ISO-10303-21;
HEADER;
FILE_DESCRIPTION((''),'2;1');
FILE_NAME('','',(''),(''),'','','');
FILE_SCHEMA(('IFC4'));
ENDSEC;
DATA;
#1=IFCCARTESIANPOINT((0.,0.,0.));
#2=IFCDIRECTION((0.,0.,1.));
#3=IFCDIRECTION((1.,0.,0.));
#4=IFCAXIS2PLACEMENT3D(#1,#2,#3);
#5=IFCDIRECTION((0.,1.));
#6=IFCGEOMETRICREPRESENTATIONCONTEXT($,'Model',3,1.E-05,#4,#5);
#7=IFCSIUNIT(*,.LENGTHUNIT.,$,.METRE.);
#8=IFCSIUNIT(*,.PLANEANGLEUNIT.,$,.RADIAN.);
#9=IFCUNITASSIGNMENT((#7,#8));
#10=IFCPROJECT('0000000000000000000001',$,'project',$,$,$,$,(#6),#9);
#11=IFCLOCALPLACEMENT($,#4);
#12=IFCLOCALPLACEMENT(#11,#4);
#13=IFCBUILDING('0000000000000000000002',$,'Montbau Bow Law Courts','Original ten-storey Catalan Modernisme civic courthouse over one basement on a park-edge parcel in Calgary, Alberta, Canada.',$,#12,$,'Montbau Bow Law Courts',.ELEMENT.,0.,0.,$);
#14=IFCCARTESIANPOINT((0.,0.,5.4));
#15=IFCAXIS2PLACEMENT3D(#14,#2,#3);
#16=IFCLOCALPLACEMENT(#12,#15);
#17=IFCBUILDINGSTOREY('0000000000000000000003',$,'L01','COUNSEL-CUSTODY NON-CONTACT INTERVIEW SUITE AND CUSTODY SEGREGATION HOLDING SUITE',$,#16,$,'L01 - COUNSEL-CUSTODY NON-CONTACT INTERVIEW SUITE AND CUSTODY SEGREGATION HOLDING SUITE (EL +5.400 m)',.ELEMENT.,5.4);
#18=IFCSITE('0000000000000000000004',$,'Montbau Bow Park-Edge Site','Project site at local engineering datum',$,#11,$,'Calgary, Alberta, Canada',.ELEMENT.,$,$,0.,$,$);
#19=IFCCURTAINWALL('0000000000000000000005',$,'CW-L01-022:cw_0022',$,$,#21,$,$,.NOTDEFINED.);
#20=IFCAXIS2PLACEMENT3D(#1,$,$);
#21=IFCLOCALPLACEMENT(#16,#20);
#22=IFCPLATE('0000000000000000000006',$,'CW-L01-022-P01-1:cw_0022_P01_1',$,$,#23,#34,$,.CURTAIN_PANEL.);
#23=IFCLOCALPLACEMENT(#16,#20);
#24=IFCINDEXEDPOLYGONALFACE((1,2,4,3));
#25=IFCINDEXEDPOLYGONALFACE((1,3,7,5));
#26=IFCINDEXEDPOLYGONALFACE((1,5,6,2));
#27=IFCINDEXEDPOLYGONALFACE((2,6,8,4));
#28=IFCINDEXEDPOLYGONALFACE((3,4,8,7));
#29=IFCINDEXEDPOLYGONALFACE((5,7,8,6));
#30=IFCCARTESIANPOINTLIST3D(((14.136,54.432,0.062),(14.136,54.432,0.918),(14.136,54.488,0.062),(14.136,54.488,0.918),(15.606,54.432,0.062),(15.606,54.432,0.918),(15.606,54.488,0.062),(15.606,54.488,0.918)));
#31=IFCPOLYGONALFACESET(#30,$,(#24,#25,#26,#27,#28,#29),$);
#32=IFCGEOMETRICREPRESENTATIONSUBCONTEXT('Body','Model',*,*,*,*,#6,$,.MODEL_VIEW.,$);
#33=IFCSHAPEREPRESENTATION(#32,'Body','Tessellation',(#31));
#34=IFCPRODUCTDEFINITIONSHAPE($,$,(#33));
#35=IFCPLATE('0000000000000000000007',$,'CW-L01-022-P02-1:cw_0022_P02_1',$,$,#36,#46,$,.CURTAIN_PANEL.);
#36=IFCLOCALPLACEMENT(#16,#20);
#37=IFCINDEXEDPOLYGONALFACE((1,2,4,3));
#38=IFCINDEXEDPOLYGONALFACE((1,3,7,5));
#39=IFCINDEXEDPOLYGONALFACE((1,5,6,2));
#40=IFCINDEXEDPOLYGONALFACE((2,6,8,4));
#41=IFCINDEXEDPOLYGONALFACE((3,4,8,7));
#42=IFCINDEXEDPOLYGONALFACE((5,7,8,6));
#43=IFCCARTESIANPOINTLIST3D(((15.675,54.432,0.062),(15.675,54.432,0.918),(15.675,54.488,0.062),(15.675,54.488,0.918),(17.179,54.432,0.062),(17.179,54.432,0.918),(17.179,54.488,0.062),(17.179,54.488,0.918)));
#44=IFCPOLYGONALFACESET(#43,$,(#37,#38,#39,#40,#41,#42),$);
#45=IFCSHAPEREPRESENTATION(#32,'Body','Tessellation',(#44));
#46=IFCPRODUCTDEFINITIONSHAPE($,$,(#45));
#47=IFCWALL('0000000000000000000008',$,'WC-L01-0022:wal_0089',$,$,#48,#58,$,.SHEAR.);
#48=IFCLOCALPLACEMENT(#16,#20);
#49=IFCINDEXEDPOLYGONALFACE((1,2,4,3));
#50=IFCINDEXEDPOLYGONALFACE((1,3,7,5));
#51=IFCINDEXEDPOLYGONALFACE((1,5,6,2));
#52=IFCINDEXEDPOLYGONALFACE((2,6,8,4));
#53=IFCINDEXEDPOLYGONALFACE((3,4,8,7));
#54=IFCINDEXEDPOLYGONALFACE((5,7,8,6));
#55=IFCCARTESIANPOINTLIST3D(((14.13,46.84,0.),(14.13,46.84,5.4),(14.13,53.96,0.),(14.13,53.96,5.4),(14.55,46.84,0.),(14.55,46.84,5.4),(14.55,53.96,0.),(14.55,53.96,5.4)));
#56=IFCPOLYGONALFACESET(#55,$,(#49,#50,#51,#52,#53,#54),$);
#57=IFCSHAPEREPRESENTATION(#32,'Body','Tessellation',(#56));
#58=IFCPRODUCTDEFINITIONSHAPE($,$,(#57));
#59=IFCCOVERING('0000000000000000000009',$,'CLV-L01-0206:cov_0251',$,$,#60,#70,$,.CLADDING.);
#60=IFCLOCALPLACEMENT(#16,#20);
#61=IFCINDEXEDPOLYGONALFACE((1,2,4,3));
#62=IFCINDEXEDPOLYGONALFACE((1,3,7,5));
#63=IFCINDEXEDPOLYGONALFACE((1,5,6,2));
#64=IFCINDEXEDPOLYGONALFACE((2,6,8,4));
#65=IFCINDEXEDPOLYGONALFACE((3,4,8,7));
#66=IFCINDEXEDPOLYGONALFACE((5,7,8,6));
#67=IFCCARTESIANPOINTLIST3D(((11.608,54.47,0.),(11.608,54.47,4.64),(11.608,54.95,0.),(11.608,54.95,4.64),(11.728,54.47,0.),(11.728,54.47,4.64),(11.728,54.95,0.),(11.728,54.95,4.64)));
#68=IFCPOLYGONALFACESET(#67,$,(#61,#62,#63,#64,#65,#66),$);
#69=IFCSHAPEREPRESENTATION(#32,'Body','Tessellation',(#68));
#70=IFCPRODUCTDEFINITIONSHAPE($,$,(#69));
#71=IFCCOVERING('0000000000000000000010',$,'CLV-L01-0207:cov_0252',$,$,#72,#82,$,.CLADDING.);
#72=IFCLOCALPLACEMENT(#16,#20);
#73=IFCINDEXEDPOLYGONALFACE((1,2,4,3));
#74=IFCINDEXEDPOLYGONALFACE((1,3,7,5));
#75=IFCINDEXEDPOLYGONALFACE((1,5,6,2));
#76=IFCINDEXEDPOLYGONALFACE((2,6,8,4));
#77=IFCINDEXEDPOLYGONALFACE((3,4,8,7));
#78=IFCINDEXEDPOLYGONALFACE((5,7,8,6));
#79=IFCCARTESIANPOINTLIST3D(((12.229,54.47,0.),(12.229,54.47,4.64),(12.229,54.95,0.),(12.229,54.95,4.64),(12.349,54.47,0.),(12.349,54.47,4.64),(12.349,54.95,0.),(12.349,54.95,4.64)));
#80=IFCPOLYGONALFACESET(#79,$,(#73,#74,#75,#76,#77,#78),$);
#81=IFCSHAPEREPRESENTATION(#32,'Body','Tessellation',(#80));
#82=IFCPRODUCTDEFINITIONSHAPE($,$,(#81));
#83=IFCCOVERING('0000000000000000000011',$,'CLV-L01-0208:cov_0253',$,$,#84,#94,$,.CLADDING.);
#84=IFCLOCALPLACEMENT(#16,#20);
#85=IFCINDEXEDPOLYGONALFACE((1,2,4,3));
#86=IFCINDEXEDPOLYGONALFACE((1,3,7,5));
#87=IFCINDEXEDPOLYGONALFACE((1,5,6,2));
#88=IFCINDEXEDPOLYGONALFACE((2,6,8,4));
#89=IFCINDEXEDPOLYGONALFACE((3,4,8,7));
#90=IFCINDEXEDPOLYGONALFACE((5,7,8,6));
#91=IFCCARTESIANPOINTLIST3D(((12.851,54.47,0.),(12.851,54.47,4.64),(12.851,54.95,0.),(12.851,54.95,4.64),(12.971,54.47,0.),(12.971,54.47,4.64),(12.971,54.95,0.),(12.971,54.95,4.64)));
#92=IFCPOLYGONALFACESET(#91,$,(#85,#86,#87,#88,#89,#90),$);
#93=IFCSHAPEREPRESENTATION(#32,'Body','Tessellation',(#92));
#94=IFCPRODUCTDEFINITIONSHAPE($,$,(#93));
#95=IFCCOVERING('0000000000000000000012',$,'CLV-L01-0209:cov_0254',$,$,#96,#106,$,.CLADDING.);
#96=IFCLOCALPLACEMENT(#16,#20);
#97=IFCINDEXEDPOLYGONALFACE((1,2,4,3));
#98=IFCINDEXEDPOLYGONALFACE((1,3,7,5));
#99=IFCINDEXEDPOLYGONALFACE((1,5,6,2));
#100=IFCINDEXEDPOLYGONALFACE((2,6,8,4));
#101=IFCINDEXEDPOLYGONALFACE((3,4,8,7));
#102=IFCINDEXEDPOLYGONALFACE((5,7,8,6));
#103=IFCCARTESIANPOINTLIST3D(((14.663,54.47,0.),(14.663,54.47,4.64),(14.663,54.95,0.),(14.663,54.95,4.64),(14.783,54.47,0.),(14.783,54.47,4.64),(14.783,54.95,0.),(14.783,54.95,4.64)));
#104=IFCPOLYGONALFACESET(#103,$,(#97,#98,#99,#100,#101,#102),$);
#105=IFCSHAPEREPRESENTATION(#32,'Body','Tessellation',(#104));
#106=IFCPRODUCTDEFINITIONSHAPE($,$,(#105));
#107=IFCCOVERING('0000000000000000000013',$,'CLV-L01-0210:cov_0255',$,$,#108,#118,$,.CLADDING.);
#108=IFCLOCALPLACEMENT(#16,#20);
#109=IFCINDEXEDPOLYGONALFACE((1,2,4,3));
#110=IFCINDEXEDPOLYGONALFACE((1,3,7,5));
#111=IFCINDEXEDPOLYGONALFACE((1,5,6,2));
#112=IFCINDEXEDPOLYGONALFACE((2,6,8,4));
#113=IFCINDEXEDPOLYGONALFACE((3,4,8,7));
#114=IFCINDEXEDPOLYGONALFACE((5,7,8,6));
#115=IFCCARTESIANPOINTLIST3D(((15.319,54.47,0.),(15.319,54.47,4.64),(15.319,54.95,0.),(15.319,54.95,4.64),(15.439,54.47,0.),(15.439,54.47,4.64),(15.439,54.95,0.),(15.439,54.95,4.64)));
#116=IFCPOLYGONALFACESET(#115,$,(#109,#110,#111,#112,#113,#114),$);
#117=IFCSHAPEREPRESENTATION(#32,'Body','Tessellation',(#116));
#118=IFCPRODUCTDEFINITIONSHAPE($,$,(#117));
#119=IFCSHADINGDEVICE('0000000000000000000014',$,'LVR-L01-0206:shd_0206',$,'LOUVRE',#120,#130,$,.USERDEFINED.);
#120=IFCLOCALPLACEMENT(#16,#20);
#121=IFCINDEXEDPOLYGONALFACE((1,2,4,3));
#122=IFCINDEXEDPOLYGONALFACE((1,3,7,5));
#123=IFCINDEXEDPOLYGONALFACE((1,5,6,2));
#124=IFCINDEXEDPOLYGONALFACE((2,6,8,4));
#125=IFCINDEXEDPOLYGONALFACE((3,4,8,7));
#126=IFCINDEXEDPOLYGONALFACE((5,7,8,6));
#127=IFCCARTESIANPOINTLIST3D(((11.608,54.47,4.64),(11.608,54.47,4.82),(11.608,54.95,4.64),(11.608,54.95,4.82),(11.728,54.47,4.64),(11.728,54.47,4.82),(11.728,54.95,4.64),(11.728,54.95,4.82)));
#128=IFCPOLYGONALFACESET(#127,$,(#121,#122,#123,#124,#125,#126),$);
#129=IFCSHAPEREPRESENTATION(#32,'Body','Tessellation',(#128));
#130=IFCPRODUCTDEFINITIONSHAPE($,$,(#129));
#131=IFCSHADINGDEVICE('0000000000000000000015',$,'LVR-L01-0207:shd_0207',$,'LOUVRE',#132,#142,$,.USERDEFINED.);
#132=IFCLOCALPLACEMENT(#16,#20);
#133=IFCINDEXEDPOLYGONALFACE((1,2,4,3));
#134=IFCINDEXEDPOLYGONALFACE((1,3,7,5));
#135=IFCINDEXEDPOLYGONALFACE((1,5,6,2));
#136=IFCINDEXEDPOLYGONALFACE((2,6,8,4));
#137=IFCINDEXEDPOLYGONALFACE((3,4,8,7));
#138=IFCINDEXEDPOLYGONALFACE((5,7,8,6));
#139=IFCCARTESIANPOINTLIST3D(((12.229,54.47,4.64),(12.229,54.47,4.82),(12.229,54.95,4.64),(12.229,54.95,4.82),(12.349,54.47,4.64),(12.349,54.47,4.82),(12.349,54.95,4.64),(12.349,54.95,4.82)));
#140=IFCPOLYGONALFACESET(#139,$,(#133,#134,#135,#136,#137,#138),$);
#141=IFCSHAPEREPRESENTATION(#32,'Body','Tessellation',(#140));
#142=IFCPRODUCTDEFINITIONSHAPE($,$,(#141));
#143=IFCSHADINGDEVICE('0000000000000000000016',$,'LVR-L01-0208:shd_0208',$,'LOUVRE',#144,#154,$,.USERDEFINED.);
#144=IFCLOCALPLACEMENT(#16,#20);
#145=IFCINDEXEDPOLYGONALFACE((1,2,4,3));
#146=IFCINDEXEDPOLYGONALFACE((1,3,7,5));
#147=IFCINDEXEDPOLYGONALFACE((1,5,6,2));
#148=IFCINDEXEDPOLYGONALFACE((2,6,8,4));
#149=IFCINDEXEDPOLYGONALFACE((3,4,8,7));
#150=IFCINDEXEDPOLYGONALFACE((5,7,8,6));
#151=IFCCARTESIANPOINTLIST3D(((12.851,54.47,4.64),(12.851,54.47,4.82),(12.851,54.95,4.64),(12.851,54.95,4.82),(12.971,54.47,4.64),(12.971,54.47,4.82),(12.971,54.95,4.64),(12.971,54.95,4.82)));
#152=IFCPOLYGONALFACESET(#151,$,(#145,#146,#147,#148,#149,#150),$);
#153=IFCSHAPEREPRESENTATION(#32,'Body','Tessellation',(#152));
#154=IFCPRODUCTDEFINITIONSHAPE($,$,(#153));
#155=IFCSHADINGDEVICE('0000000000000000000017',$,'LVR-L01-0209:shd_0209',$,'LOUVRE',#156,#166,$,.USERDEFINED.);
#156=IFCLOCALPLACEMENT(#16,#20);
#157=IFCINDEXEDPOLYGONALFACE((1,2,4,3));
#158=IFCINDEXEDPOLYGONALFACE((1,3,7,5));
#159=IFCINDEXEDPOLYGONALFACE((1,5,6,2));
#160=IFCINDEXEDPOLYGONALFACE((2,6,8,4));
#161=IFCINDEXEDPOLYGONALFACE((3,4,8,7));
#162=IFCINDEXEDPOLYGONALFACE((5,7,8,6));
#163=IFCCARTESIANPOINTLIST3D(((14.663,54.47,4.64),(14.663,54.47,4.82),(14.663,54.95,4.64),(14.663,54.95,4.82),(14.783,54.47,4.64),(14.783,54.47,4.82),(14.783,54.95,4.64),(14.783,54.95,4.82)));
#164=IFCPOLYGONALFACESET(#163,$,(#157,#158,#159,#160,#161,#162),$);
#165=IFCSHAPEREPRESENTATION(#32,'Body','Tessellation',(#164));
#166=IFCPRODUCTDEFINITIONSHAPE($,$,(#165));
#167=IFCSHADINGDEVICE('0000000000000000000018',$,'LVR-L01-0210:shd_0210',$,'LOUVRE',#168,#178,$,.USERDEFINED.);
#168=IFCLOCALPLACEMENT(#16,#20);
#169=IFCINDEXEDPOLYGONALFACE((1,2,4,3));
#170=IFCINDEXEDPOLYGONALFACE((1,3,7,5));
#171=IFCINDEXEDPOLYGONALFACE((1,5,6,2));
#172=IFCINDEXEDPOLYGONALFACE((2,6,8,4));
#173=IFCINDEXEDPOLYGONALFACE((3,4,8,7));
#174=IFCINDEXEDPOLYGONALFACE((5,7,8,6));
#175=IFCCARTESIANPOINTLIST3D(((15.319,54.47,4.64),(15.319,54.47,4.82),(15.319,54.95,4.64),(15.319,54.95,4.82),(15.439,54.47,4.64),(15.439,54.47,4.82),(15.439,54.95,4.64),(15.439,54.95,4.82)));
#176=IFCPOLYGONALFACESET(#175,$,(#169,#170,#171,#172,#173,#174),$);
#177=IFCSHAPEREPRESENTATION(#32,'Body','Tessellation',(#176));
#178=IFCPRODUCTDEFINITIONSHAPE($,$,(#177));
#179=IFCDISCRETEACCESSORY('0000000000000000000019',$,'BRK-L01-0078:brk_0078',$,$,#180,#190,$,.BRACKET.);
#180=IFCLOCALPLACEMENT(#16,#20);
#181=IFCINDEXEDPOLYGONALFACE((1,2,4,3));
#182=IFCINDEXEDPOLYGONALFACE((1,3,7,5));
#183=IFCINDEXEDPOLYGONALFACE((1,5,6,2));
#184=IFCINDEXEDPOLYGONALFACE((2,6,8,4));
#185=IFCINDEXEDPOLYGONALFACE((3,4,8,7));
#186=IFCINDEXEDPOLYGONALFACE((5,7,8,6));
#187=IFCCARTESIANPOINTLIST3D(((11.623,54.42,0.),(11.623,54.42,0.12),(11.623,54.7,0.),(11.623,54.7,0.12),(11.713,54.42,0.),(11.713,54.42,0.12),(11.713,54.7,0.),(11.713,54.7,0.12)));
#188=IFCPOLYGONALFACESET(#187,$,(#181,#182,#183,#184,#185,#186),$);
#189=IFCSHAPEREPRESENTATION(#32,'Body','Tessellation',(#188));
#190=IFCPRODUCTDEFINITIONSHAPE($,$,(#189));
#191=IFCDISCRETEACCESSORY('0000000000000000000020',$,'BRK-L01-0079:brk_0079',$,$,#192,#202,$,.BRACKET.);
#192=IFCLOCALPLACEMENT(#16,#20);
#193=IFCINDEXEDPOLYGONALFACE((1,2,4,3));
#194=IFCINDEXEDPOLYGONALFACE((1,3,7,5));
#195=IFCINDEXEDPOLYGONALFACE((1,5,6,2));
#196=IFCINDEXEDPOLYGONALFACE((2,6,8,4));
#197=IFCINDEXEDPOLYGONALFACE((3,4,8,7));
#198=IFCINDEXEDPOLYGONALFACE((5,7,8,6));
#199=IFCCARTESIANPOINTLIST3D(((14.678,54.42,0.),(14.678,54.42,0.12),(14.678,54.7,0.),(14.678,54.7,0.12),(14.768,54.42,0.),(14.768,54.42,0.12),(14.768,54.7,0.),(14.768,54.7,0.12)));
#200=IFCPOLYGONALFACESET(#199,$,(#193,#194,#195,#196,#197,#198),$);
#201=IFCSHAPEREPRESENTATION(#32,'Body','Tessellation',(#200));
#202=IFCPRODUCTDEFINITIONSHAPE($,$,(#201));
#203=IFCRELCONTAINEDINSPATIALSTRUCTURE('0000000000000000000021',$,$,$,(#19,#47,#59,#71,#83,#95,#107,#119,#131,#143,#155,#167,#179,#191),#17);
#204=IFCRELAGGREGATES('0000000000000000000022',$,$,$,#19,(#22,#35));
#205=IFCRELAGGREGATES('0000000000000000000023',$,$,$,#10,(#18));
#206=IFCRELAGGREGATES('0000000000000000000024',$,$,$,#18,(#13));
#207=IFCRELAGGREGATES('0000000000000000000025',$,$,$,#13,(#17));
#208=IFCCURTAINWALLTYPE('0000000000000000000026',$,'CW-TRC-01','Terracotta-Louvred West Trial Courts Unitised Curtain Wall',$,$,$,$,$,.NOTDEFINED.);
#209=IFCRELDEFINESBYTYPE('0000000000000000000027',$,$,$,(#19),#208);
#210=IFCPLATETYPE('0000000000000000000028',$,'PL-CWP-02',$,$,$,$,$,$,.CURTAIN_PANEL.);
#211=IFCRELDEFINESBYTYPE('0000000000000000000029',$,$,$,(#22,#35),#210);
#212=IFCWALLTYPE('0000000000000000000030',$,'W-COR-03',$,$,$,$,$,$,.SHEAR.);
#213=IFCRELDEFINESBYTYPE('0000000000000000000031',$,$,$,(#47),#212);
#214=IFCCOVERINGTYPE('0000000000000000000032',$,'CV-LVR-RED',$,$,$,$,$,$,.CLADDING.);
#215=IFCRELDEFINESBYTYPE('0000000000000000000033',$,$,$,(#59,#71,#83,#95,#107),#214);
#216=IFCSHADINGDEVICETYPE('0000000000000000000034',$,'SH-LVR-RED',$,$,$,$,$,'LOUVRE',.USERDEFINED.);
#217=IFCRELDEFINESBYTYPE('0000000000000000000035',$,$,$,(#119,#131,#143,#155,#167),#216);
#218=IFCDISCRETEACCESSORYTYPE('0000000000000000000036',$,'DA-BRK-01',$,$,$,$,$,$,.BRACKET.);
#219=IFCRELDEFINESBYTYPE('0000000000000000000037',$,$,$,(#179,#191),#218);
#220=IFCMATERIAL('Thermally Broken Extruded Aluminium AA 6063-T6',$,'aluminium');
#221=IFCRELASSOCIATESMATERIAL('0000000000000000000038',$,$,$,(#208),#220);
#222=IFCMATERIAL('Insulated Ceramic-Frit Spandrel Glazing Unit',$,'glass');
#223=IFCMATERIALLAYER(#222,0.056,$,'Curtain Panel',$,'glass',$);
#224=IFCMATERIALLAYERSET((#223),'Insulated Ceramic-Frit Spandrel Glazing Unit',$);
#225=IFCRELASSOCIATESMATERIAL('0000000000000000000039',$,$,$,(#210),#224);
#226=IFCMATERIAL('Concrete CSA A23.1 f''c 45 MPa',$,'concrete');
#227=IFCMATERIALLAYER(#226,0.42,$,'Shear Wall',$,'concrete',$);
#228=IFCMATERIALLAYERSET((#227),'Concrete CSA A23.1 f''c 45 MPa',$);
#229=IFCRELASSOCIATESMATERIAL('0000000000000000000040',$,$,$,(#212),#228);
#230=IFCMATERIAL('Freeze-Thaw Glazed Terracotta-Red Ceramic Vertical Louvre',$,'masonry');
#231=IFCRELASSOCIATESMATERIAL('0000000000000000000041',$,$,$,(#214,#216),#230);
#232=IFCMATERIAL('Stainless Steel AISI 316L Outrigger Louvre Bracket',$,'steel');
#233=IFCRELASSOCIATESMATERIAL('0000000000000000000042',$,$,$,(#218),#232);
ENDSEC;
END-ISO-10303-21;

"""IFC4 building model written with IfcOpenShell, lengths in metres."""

from ifc_helpers import new_model, si_unit, direction, frame, frame_2d, origin_with_axes, origin_2d_with_axis, place, context, subcontext, project, spatial, rectangle, extrude, material, layer, layer_set, type_object, element, aggregate, save


model = new_model("IFC4")

# Units and contexts
model_context = context("Model", 3, precision=1e-05, world=origin_with_axes(), true_north=direction((0.0, 1.0)))
body_context = subcontext(model_context, "Body", "Model", "MODEL_VIEW")
ifc_project = project(units=[si_unit("LENGTHUNIT", "METRE"), si_unit("PLANEANGLEUNIT", "RADIAN")], contexts=[model_context])

# Site, building, storey
site_placement = place(None, origin_with_axes())
site = spatial("IfcSite", under=ifc_project, at=site_placement, Name="Montbau Bow Park-Edge Site", Description="Project site at local engineering datum", LongName="Calgary, Alberta, Canada", CompositionType="ELEMENT", RefElevation=0.0)
building_placement = place(site_placement, origin_with_axes())
building = spatial("IfcBuilding", under=site, at=building_placement, Name="Montbau Bow Law Courts", Description="Original ten-storey Catalan Modernisme civic courthouse over one basement on a park-edge parcel in Calgary, Alberta, Canada.", LongName="Montbau Bow Law Courts", CompositionType="ELEMENT", ElevationOfRefHeight=0.0, ElevationOfTerrain=0.0)
storey_placement = place(building_placement, frame((0.0, 0.0, 5.4), z_axis=(0.0, 0.0, 1.0), x_axis=(1.0, 0.0, 0.0)))
storey = spatial("IfcBuildingStorey", under=building, at=storey_placement, Name="L01", Description="COUNSEL-CUSTODY NON-CONTACT INTERVIEW SUITE AND CUSTODY SEGREGATION HOLDING SUITE", LongName="L01 - COUNSEL-CUSTODY NON-CONTACT INTERVIEW SUITE AND CUSTODY SEGREGATION HOLDING SUITE (EL +5.400 m)", CompositionType="ELEMENT", Elevation=5.4)

# Curtain wall
ifc_material_1 = material(Name="Thermally Broken Extruded Aluminium AA 6063-T6", Category="aluminium")
curtain_wall_type = type_object("IfcCurtainWallType", Name="CW-TRC-01", Description="Terracotta-Louvred West Trial Courts Unitised Curtain Wall", PredefinedType="NOTDEFINED", material=ifc_material_1)
curtain_wall_1_placement = place(None, frame((14.068, 54.46, 5.4), z_axis=(0.0, 0.0, 1.0), x_axis=(1.0, 0.0, 0.0)))
curtain_wall_1 = element("IfcCurtainWall", 1, at=curtain_wall_1_placement, inside=storey, type_object=curtain_wall_type, Name="CW-L01-022:cw_0022", PredefinedType="NOTDEFINED")

# Plates
ifc_material_2 = material(Name="Insulated Ceramic-Frit Spandrel Glazing Unit", Category="glass")
ifc_layer_1 = layer(ifc_material_2, 0.056, Name="Curtain Panel", Category="glass")
ifc_layer_set_1 = layer_set([ifc_layer_1], Name="Insulated Ceramic-Frit Spandrel Glazing Unit")
plate_type_1 = type_object("IfcPlateType", Name="PL-CWP-02", PredefinedType="CURTAIN_PANEL", material=ifc_layer_set_1)
plate_1_placement = place(None, frame((14.136, 54.46, 5.462), z_axis=(0.0, -1.0, 0.0), x_axis=(1.0, 0.0, 0.0)))
plate_1 = element("IfcPlate", 2, at=plate_1_placement, type_object=plate_type_1, Name="CW-L01-022-P01-1:cw_0022_P01_1", PredefinedType="CURTAIN_PANEL", context=body_context, shape_type="SweptSolid", body=[
    extrude(rectangle(XDim=1.47, YDim=0.856, at=frame_2d((0.735, 0.428), x_axis=(1.0, 0.0))), frame((0.0, 0.0, -0.028), z_axis=(0.0, 0.0, 1.0), x_axis=(1.0, 0.0, 0.0)), (0.0, 0.0, 1.0), 0.056),
])
plate_2_placement = place(None, frame((15.675, 54.46, 5.462), z_axis=(0.0, -1.0, 0.0), x_axis=(1.0, 0.0, 0.0)))
plate_2 = element("IfcPlate", 3, at=plate_2_placement, type_object=plate_type_1, Name="CW-L01-022-P02-1:cw_0022_P02_1", PredefinedType="CURTAIN_PANEL", context=body_context, shape_type="SweptSolid", body=[
    extrude(rectangle(XDim=1.504, YDim=0.856, at=frame_2d((0.752, 0.428), x_axis=(1.0, 0.0))), frame((0.0, 0.0, -0.028), z_axis=(0.0, 0.0, 1.0), x_axis=(1.0, 0.0, 0.0)), (0.0, 0.0, 1.0), 0.056),
])
aggregate(curtain_wall_1, [plate_1, plate_2])

# Wall
ifc_material_3 = material(Name="Concrete CSA A23.1 f'c 45 MPa", Category="concrete")
ifc_layer_2 = layer(ifc_material_3, 0.42, Name="Shear Wall", Category="concrete")
ifc_layer_set_2 = layer_set([ifc_layer_2], Name="Concrete CSA A23.1 f'c 45 MPa")
wall_type = type_object("IfcWallType", Name="W-COR-03", PredefinedType="SHEAR", material=ifc_layer_set_2)
wall_placement = place(None, frame((14.34, 53.96, 5.4), z_axis=(0.0, 0.0, 1.0), x_axis=(0.0, -1.0, 0.0)))
element("IfcWall", 4, at=wall_placement, inside=storey, type_object=wall_type, Name="WC-L01-0022:wal_0089", PredefinedType="SHEAR", context=body_context, shape_type="SweptSolid", body=[
    extrude(rectangle(XDim=7.12, YDim=0.42, at=frame_2d((3.56, 0.0), x_axis=(1.0, 0.0))), origin_with_axes(), (0.0, 0.0, 1.0), 5.4),
])

# Coverings
ifc_material_4 = material(Name="Freeze-Thaw Glazed Terracotta-Red Ceramic Vertical Louvre", Category="masonry")
covering_type = type_object("IfcCoveringType", Name="CV-LVR-RED", PredefinedType="CLADDING", material=ifc_material_4)
for number, where, z_axis, x_axis, name in (
    (5, (11.668, 54.47, 5.4), (1.0, 0.0, 0.0), (0.0, 1.0, 0.0), "CLV-L01-0206:cov_0251"),
    (6, (12.289, 54.47, 5.4), (1.0, 0.0, 0.0), (0.0, 1.0, 0.0), "CLV-L01-0207:cov_0252"),
    (7, (12.911, 54.47, 5.4), (1.0, 0.0, 0.0), (0.0, 1.0, 0.0), "CLV-L01-0208:cov_0253"),
    (8, (14.723, 54.47, 5.4), (1.0, 0.0, 0.0), (0.0, 1.0, 0.0), "CLV-L01-0209:cov_0254"),
    (9, (15.379, 54.47, 5.4), (1.0, 0.0, 0.0), (0.0, 1.0, 0.0), "CLV-L01-0210:cov_0255"),
):
    element("IfcCovering", number, at=place(None, frame(where, z_axis=z_axis, x_axis=x_axis)), inside=storey, type_object=covering_type, Name=name, PredefinedType="CLADDING", context=body_context, shape_type="SweptSolid", body=[
        extrude(rectangle(XDim=0.48, YDim=4.64, at=frame_2d((0.24, 2.32), x_axis=(1.0, 0.0))), frame((0.0, 0.0, -0.06), z_axis=(0.0, 0.0, 1.0), x_axis=(1.0, 0.0, 0.0)), (0.0, 0.0, 1.0), 0.12),
    ])

# Shading devices
shading_device_type = type_object("IfcShadingDeviceType", Name="SH-LVR-RED", ElementType="LOUVRE", PredefinedType="USERDEFINED", material=ifc_material_4)
for number, where, z_axis, x_axis, name in (
    (10, (11.668, 54.71, 10.04), (0.0, 0.0, 1.0), (0.0, 1.0, 0.0), "LVR-L01-0206:shd_0206"),
    (11, (12.289, 54.71, 10.04), (0.0, 0.0, 1.0), (0.0, 1.0, 0.0), "LVR-L01-0207:shd_0207"),
    (12, (12.911, 54.71, 10.04), (0.0, 0.0, 1.0), (0.0, 1.0, 0.0), "LVR-L01-0208:shd_0208"),
    (13, (14.723, 54.71, 10.04), (0.0, 0.0, 1.0), (0.0, 1.0, 0.0), "LVR-L01-0209:shd_0209"),
    (14, (15.379, 54.71, 10.04), (0.0, 0.0, 1.0), (0.0, 1.0, 0.0), "LVR-L01-0210:shd_0210"),
):
    element("IfcShadingDevice", number, at=place(None, frame(where, z_axis=z_axis, x_axis=x_axis)), inside=storey, type_object=shading_device_type, Name=name, ObjectType="LOUVRE", PredefinedType="USERDEFINED", context=body_context, shape_type="SweptSolid", body=[
        extrude(rectangle(XDim=0.48, YDim=0.12, at=origin_2d_with_axis()), origin_with_axes(), (0.0, 0.0, 1.0), 0.18),
    ])

# Discrete accessories
ifc_material_5 = material(Name="Stainless Steel AISI 316L Outrigger Louvre Bracket", Category="steel")
discrete_accessory_type = type_object("IfcDiscreteAccessoryType", Name="DA-BRK-01", PredefinedType="BRACKET", material=ifc_material_5)
for number, where, z_axis, x_axis, name in (
    (15, (11.668, 54.56, 5.4), (0.0, 0.0, 1.0), (0.0, 1.0, 0.0), "BRK-L01-0078:brk_0078"),
    (16, (14.723, 54.56, 5.4), (0.0, 0.0, 1.0), (0.0, 1.0, 0.0), "BRK-L01-0079:brk_0079"),
):
    element("IfcDiscreteAccessory", number, at=place(None, frame(where, z_axis=z_axis, x_axis=x_axis)), inside=storey, type_object=discrete_accessory_type, Name=name, PredefinedType="BRACKET", context=body_context, shape_type="SweptSolid", body=[
        extrude(rectangle(XDim=0.28, YDim=0.09, at=origin_2d_with_axis()), origin_with_axes(), (0.0, 0.0, 1.0), 0.12),
    ])

save(model, "model.ifc")
